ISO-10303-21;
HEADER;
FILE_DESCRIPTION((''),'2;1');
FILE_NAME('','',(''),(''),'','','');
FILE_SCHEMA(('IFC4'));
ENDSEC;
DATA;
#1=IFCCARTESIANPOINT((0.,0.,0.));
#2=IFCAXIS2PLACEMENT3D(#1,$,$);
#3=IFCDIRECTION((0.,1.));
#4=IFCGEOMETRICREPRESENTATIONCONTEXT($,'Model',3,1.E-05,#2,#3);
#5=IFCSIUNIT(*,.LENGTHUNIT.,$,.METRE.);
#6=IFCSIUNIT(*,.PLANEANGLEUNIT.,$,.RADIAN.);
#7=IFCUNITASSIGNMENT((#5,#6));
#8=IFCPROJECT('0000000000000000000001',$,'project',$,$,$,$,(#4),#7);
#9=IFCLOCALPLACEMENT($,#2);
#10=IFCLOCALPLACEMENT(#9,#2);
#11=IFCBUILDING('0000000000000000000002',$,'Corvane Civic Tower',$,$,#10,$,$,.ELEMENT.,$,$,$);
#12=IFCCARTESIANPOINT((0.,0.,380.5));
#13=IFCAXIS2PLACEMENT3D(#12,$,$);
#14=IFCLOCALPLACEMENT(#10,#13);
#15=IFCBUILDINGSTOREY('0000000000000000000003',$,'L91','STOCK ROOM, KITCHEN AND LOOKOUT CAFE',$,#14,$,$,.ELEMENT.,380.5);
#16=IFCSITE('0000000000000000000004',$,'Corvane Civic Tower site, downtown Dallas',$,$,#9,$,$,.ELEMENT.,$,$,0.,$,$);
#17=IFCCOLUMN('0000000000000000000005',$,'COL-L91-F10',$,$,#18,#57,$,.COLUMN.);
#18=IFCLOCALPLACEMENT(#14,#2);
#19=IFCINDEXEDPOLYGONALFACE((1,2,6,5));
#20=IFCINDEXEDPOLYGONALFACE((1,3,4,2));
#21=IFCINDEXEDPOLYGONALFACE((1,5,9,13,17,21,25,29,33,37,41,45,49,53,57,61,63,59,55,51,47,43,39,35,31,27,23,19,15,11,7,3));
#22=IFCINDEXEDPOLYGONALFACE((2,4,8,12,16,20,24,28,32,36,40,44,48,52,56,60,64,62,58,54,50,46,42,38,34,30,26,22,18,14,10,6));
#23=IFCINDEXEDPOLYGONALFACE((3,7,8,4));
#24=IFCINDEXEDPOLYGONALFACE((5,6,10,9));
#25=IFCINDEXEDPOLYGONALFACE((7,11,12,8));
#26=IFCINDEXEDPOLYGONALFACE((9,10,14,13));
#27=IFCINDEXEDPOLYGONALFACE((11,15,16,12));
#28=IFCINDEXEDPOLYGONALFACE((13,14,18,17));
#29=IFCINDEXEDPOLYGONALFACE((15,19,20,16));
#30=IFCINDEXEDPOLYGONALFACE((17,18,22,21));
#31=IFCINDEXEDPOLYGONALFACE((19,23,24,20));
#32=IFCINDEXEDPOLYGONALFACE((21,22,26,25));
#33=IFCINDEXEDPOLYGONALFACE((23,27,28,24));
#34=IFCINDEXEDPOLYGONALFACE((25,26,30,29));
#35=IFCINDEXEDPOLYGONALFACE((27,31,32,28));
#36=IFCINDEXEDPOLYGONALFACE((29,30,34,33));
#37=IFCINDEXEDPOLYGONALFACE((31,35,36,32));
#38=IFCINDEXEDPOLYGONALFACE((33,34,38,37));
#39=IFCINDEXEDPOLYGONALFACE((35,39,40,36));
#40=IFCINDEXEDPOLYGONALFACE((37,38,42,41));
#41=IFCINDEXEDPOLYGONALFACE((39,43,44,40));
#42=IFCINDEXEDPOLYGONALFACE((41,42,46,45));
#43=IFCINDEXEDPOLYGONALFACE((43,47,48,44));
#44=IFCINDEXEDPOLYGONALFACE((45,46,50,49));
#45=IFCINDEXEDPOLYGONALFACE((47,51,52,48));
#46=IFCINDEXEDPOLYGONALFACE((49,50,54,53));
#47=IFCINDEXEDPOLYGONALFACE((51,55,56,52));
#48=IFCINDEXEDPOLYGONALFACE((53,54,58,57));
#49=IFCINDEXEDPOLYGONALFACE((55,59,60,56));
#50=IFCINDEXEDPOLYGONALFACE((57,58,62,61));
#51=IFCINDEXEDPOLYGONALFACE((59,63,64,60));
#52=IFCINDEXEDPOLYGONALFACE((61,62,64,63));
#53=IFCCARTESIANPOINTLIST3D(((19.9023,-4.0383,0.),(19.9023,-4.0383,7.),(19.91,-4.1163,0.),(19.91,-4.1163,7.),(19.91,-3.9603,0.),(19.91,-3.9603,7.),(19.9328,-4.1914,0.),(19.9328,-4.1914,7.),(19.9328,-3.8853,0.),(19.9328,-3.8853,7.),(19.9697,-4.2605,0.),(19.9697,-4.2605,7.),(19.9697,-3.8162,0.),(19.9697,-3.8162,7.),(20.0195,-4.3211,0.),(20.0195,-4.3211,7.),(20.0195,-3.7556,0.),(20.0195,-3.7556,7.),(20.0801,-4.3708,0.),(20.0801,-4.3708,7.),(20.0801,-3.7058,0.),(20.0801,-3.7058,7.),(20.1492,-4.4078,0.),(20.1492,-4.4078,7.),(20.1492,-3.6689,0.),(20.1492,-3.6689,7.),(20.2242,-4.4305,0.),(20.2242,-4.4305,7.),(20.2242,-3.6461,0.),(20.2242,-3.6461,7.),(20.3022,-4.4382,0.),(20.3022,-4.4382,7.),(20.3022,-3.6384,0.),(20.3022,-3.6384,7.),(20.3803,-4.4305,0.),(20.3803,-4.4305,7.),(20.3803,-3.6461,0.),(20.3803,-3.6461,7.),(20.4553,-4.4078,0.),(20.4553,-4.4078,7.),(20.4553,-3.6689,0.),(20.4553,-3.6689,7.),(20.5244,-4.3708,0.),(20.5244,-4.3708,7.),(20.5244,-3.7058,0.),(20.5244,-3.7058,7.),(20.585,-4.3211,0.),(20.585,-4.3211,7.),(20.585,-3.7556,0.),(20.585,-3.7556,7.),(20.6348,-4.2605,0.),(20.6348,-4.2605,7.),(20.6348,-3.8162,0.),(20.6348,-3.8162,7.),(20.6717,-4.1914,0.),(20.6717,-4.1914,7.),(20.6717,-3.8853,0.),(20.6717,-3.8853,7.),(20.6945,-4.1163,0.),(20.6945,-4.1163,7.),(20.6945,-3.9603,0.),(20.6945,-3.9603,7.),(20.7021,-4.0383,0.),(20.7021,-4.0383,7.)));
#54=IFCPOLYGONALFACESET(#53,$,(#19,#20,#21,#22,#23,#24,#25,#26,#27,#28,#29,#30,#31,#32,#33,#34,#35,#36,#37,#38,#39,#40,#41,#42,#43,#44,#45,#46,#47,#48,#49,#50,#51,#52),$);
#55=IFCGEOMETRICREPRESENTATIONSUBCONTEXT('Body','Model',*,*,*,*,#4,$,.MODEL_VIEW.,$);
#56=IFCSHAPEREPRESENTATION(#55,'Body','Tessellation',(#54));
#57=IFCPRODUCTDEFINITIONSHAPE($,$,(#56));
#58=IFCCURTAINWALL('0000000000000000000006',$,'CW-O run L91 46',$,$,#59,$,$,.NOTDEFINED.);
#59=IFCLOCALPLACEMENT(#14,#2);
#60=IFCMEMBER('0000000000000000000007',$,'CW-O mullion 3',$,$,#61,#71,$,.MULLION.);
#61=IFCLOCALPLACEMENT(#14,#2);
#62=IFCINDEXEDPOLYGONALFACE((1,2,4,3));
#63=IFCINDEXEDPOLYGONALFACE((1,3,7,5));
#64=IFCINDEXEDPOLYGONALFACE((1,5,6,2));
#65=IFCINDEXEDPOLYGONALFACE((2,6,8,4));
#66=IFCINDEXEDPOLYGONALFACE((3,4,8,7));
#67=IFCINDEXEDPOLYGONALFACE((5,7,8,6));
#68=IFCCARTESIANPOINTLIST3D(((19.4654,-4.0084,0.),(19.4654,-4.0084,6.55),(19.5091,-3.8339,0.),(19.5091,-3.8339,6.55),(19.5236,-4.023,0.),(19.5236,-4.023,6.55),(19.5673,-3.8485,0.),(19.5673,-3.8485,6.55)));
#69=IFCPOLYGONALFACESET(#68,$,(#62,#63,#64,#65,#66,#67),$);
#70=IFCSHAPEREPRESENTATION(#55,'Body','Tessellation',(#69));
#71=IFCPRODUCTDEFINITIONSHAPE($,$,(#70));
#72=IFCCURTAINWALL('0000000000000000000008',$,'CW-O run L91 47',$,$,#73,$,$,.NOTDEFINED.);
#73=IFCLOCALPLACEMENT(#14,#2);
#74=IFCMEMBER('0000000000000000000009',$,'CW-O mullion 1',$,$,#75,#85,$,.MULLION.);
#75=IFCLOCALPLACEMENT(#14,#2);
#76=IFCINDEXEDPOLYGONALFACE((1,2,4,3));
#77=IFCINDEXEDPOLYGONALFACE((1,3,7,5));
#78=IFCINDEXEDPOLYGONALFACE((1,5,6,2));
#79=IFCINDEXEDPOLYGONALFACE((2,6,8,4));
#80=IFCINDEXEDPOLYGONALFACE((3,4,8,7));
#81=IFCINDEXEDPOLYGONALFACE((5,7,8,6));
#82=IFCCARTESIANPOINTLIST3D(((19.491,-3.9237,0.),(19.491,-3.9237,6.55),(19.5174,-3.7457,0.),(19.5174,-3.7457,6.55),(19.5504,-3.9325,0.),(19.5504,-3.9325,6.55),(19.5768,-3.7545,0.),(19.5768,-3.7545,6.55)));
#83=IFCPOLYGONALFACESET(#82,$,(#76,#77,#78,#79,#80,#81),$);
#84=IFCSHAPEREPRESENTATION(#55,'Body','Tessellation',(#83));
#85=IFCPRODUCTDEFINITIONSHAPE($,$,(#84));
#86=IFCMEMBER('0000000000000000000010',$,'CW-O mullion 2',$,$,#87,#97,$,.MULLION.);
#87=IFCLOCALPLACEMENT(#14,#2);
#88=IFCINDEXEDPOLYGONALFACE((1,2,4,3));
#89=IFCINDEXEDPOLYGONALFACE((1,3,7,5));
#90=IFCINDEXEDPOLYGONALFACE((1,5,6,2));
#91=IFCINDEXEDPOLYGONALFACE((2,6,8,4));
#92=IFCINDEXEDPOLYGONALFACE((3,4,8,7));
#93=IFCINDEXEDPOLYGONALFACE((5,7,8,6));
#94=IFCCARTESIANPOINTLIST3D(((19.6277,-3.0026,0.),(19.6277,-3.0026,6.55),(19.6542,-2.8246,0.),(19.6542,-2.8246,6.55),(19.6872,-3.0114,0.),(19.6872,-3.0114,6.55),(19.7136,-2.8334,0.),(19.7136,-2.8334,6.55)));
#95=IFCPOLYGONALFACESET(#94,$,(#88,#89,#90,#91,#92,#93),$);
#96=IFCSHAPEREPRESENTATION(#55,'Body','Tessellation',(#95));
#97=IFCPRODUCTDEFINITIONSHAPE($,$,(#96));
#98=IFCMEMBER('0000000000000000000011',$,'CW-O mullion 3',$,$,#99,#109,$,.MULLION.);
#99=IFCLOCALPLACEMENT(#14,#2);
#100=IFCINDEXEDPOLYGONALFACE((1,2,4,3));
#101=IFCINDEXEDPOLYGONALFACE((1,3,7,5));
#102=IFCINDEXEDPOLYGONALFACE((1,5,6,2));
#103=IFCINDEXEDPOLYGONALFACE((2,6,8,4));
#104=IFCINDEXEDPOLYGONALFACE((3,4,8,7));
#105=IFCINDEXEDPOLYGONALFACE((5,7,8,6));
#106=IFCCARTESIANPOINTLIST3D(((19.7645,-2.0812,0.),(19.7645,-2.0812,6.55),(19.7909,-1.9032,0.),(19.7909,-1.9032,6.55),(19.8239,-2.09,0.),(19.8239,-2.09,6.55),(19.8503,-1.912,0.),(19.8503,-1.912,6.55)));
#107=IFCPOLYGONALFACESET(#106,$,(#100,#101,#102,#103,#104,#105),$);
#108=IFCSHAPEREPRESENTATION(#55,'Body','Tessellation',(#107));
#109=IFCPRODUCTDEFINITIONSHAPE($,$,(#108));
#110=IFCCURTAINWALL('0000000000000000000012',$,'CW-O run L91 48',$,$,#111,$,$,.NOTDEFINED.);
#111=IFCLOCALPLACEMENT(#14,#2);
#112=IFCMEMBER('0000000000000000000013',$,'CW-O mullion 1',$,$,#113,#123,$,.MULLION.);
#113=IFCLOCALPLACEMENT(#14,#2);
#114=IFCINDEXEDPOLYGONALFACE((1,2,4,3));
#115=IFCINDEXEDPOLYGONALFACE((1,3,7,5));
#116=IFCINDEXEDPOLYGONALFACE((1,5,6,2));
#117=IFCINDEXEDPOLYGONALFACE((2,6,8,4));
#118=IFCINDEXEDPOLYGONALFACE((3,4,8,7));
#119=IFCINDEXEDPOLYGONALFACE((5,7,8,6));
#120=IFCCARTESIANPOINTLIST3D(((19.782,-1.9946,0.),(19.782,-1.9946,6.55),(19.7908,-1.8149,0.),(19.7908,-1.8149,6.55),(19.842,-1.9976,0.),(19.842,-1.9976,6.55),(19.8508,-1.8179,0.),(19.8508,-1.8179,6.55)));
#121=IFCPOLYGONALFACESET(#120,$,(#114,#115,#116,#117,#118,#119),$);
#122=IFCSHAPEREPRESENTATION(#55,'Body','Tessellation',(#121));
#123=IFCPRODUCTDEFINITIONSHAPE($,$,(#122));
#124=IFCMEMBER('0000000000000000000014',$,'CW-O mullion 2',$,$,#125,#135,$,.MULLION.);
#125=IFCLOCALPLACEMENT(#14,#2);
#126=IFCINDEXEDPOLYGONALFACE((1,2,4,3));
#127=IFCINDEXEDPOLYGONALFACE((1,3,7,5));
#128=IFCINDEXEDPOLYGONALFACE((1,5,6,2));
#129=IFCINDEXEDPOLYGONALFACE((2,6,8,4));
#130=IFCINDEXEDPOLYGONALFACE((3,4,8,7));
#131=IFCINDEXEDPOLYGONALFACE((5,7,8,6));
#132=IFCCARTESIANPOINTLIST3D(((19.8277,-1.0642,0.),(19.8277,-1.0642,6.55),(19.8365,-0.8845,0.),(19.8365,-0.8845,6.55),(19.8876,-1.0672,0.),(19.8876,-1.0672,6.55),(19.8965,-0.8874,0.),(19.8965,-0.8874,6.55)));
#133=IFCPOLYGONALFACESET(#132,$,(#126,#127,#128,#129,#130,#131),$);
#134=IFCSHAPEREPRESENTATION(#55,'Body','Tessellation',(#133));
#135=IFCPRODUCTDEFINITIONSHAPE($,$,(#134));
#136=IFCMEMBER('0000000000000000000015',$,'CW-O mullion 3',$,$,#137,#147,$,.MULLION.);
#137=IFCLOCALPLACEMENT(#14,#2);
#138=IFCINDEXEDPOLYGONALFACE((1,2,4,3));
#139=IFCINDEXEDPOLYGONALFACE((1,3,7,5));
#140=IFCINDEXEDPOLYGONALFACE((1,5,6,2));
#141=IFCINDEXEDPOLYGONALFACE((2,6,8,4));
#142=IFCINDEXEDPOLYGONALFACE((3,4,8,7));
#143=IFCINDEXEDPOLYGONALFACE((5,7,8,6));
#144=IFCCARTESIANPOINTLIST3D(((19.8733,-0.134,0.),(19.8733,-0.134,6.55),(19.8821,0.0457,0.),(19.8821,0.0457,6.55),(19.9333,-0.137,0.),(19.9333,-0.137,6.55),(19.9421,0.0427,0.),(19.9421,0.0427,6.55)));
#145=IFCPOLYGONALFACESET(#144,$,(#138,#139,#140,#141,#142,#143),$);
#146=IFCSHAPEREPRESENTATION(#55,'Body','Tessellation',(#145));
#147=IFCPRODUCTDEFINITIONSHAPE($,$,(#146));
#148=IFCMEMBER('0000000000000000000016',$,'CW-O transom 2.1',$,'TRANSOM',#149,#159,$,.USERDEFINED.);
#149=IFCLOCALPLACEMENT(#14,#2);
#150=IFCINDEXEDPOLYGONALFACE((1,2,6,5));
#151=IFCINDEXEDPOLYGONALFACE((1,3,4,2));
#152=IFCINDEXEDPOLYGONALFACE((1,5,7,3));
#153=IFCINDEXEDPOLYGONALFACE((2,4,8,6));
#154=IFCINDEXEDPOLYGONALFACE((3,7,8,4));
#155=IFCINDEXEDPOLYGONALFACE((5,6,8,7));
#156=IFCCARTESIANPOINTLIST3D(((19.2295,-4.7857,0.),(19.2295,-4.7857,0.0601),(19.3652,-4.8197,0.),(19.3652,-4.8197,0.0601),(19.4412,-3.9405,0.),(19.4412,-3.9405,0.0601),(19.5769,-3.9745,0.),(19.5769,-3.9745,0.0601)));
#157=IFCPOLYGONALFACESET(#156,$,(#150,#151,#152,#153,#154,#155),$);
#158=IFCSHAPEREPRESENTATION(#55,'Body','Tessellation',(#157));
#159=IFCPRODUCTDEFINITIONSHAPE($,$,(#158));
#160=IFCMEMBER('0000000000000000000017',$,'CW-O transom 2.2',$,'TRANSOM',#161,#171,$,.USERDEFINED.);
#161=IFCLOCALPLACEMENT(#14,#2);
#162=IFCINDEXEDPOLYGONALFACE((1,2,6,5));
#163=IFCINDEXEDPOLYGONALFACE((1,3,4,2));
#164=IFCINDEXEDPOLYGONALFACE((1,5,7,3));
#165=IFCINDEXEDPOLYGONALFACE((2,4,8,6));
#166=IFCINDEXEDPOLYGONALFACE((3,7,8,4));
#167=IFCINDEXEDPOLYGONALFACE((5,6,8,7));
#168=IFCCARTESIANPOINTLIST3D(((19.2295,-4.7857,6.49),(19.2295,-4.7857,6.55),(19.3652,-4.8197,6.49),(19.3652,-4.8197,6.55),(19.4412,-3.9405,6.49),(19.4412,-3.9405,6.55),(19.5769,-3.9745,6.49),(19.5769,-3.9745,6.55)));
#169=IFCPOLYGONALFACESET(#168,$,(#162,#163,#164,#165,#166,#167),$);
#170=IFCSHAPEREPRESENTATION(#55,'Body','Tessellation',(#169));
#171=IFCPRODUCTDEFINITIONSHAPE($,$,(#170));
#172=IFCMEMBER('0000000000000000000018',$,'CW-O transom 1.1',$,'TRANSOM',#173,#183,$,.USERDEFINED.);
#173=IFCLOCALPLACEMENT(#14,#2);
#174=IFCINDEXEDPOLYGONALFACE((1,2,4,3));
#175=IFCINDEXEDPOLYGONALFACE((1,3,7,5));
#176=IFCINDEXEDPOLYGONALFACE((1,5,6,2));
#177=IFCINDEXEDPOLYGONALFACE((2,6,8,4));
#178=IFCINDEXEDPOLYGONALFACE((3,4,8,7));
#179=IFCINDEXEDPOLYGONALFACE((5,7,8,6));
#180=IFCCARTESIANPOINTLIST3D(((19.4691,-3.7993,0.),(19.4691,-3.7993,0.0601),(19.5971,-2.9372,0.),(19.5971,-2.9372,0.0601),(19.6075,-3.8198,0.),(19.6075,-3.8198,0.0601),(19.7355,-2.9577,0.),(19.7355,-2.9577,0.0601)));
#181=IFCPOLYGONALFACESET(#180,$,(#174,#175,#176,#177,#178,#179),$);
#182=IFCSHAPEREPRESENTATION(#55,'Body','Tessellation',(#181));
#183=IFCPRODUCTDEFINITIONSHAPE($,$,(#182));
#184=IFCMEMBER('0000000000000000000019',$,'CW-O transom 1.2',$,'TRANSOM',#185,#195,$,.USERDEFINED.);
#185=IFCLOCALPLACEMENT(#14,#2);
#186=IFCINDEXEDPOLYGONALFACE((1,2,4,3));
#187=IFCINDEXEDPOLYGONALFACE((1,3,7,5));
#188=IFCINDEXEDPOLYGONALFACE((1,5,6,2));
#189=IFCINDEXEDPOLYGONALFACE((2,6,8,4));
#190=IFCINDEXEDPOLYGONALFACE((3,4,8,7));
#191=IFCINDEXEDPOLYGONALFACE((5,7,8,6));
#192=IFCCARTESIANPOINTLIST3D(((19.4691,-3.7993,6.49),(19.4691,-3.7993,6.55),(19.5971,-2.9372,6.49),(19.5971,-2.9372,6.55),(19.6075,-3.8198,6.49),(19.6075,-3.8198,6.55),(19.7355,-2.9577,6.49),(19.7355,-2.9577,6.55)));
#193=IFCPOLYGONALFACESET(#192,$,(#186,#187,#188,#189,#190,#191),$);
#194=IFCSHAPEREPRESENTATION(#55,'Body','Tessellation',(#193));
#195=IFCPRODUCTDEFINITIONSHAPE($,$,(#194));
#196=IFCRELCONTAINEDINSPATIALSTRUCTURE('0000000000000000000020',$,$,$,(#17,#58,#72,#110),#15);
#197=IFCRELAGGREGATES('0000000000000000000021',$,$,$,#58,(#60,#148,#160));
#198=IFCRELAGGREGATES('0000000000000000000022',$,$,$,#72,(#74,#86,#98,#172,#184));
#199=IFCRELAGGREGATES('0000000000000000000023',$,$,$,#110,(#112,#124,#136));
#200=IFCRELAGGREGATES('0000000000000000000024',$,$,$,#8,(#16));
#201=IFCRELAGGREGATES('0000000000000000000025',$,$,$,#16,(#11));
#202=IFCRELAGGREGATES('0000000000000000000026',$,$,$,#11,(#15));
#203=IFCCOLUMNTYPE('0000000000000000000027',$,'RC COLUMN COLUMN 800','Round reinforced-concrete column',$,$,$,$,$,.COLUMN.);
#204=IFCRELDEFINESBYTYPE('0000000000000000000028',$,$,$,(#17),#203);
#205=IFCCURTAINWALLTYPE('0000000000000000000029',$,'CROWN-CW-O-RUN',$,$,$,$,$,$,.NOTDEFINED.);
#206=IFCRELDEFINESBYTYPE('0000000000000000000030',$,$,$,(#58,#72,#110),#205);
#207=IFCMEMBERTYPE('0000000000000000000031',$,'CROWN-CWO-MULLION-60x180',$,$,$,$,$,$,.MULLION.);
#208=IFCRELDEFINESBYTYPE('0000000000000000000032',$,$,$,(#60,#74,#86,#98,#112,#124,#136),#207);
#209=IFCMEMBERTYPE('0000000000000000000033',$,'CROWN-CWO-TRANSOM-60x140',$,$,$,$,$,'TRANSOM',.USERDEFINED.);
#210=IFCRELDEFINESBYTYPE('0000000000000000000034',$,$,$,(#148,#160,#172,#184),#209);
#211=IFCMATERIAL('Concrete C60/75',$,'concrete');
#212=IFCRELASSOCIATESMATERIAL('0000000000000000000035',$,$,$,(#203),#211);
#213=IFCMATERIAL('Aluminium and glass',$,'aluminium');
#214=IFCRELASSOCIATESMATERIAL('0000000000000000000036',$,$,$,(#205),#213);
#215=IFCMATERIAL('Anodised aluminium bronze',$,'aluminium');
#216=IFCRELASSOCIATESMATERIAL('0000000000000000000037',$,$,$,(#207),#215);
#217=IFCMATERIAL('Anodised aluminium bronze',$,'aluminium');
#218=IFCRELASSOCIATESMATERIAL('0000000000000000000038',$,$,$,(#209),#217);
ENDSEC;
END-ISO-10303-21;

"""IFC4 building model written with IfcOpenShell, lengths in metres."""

from ifc_helpers import new_model, si_unit, direction, frame, origin, origin_2d, place, context, subcontext, project, spatial, rectangle, circle, extrude, material, material_profile, profile_set, type_object, element, aggregate, save


model = new_model("IFC4")

# Units and contexts
model_context = context("Model", 3, precision=1e-05, world=origin(), true_north=direction((0.0, 1.0)))
body_context = subcontext(model_context, "Body", "Model", "MODEL_VIEW")
ifc_project = project(units=[si_unit("LENGTHUNIT", "METRE"), si_unit("PLANEANGLEUNIT", "RADIAN")], contexts=[model_context])

# Site, building, storey
site_placement = place(None, origin())
site = spatial("IfcSite", under=ifc_project, at=site_placement, Name="Corvane Civic Tower site, downtown Dallas", CompositionType="ELEMENT", RefElevation=0.0)
building_placement = place(site_placement, origin())
building = spatial("IfcBuilding", under=site, at=building_placement, Name="Corvane Civic Tower", CompositionType="ELEMENT")
storey_placement = place(building_placement, frame((0.0, 0.0, 380.5)))
storey = spatial("IfcBuildingStorey", under=building, at=storey_placement, Name="L91", Description="STOCK ROOM, KITCHEN AND LOOKOUT CAFE", CompositionType="ELEMENT", Elevation=380.5)

# Column
ifc_material_1 = material(Name="Concrete C60/75", Category="concrete")
ifc_material_profile_1 = material_profile(ifc_material_1, circle(Radius=0.3999, at=origin_2d()), Name="COLUMN 800")
ifc_profile_set_1 = profile_set([ifc_material_profile_1], Name="Concrete C60/75")
column_type = type_object("IfcColumnType", Name="RC COLUMN COLUMN 800", Description="Round reinforced-concrete column", PredefinedType="COLUMN", material=ifc_profile_set_1)
column_placement = place(storey_placement, frame((20.3022, -4.0383, 0.0), z_axis=(0.0, 0.0, 1.0), x_axis=(1.0, 0.0, 0.0)))
element("IfcColumn", 1, at=column_placement, inside=storey, type_object=column_type, Name="COL-L91-F10", PredefinedType="COLUMN", context=body_context, shape_type="SweptSolid", body=[
    extrude(circle(Radius=0.3999, at=origin_2d()), origin(), (0.0, 0.0, 1.0), 7.0),
])

# Curtain wall, member
ifc_material_2 = material(Name="Aluminium and glass", Category="aluminium")
curtain_wall_type = type_object("IfcCurtainWallType", Name="CROWN-CW-O-RUN", PredefinedType="NOTDEFINED", material=ifc_material_2)
curtain_wall_1_placement = place(storey_placement, origin())
curtain_wall_1 = element("IfcCurtainWall", 2, at=curtain_wall_1_placement, inside=storey, type_object=curtain_wall_type, Name="CW-O run L91 46", PredefinedType="NOTDEFINED")
ifc_material_3 = material(Name="Anodised aluminium bronze", Category="aluminium")
ifc_material_profile_2 = material_profile(ifc_material_3, rectangle(XDim=0.0601, YDim=0.1799, at=origin_2d()), Name="AL 60x180")
ifc_profile_set_2 = profile_set([ifc_material_profile_2], Name="Anodised aluminium bronze")
member_type_1 = type_object("IfcMemberType", Name="CROWN-CWO-MULLION-60x180", PredefinedType="MULLION", material=ifc_profile_set_2)
member_1_placement = place(storey_placement, frame((19.5164, -3.9285, 0.0), z_axis=(0.0, 0.0, 1.0), x_axis=(-0.970038, 0.242952, 0.0)))
member_1 = element("IfcMember", 3, at=member_1_placement, type_object=member_type_1, Name="CW-O mullion 3", PredefinedType="MULLION", context=body_context, shape_type="SweptSolid", body=[
    extrude(rectangle(XDim=0.0601, YDim=0.1799, at=origin_2d()), origin(), (0.0, 0.0, 1.0), 6.55),
])

# Curtain walls, members
curtain_wall_2_placement = place(storey_placement, origin())
curtain_wall_2 = element("IfcCurtainWall", 4, at=curtain_wall_2_placement, inside=storey, type_object=curtain_wall_type, Name="CW-O run L91 47", PredefinedType="NOTDEFINED")
member_2_placement = place(storey_placement, frame((19.5339, -3.8391, 0.0), z_axis=(0.0, 0.0, 1.0), x_axis=(-0.98917, 0.146771, 0.0)))
member_2 = element("IfcMember", 5, at=member_2_placement, type_object=member_type_1, Name="CW-O mullion 1", PredefinedType="MULLION", context=body_context, shape_type="SweptSolid", body=[
    extrude(rectangle(XDim=0.0601, YDim=0.1799, at=origin_2d()), origin(), (0.0, 0.0, 1.0), 6.55),
])
member_3_placement = place(storey_placement, frame((19.6707, -2.918, 0.0), z_axis=(0.0, 0.0, 1.0), x_axis=(-0.98917, 0.146771, 0.0)))
member_3 = element("IfcMember", 6, at=member_3_placement, type_object=member_type_1, Name="CW-O mullion 2", PredefinedType="MULLION", context=body_context, shape_type="SweptSolid", body=[
    extrude(rectangle(XDim=0.0601, YDim=0.1799, at=origin_2d()), origin(), (0.0, 0.0, 1.0), 6.55),
])
member_4_placement = place(storey_placement, frame((19.8074, -1.9966, 0.0), z_axis=(0.0, 0.0, 1.0), x_axis=(-0.98917, 0.146771, 0.0)))
member_4 = element("IfcMember", 7, at=member_4_placement, type_object=member_type_1, Name="CW-O mullion 3", PredefinedType="MULLION", context=body_context, shape_type="SweptSolid", body=[
    extrude(rectangle(XDim=0.0601, YDim=0.1799, at=origin_2d()), origin(), (0.0, 0.0, 1.0), 6.55),
])
curtain_wall_3_placement = place(storey_placement, origin())
curtain_wall_3 = element("IfcCurtainWall", 8, at=curtain_wall_3_placement, inside=storey, type_object=curtain_wall_type, Name="CW-O run L91 48", PredefinedType="NOTDEFINED")
member_5_placement = place(storey_placement, frame((19.8164, -1.9062, 0.0), z_axis=(0.0, 0.0, 1.0), x_axis=(-0.998799, 0.048991, 0.0)))
member_5 = element("IfcMember", 9, at=member_5_placement, type_object=member_type_1, Name="CW-O mullion 1", PredefinedType="MULLION", context=body_context, shape_type="SweptSolid", body=[
    extrude(rectangle(XDim=0.0601, YDim=0.1799, at=origin_2d()), origin(), (0.0, 0.0, 1.0), 6.55),
])
member_6_placement = place(storey_placement, frame((19.8621, -0.9758, 0.0), z_axis=(0.0, 0.0, 1.0), x_axis=(-0.998799, 0.048991, 0.0)))
member_6 = element("IfcMember", 10, at=member_6_placement, type_object=member_type_1, Name="CW-O mullion 2", PredefinedType="MULLION", context=body_context, shape_type="SweptSolid", body=[
    extrude(rectangle(XDim=0.0601, YDim=0.1799, at=origin_2d()), origin(), (0.0, 0.0, 1.0), 6.55),
])
member_7_placement = place(storey_placement, frame((19.9077, -0.0457, 0.0), z_axis=(0.0, 0.0, 1.0), x_axis=(-0.998799, 0.048991, 0.0)))
member_7 = element("IfcMember", 11, at=member_7_placement, type_object=member_type_1, Name="CW-O mullion 3", PredefinedType="MULLION", context=body_context, shape_type="SweptSolid", body=[
    extrude(rectangle(XDim=0.0601, YDim=0.1799, at=origin_2d()), origin(), (0.0, 0.0, 1.0), 6.55),
])

# Members
ifc_material_4 = material(Name="Anodised aluminium bronze", Category="aluminium")
ifc_material_profile_3 = material_profile(ifc_material_4, rectangle(XDim=0.1399, YDim=0.0601, at=origin_2d()), Name="AL 140x60")
ifc_profile_set_3 = profile_set([ifc_material_profile_3], Name="Anodised aluminium bronze")
member_type_2 = type_object("IfcMemberType", Name="CROWN-CWO-TRANSOM-60x140", ElementType="TRANSOM", PredefinedType="USERDEFINED", material=ifc_profile_set_3)
member_8_placement = place(storey_placement, frame((19.2974, -4.8027, 0.03), z_axis=(0.242931, 0.970044, 0.0), x_axis=(-0.970044, 0.242931, 0.0)))
member_8 = element("IfcMember", 12, at=member_8_placement, type_object=member_type_2, Name="CW-O transom 2.1", ObjectType="TRANSOM", PredefinedType="USERDEFINED", context=body_context, shape_type="SweptSolid", body=[
    extrude(rectangle(XDim=0.1399, YDim=0.0601, at=origin_2d()), origin(), (0.0, 0.0, 1.0), 0.8713),
])
member_9_placement = place(storey_placement, frame((19.2974, -4.8027, 6.52), z_axis=(0.242931, 0.970044, 0.0), x_axis=(-0.970044, 0.242931, 0.0)))
member_9 = element("IfcMember", 13, at=member_9_placement, type_object=member_type_2, Name="CW-O transom 2.2", ObjectType="TRANSOM", PredefinedType="USERDEFINED", context=body_context, shape_type="SweptSolid", body=[
    extrude(rectangle(XDim=0.1399, YDim=0.0601, at=origin_2d()), origin(), (0.0, 0.0, 1.0), 0.8713),
])
member_10_placement = place(storey_placement, frame((19.5383, -3.8096, 0.03), z_axis=(0.146792, 0.989167, 0.0), x_axis=(-0.989167, 0.146792, 0.0)))
member_10 = element("IfcMember", 14, at=member_10_placement, type_object=member_type_2, Name="CW-O transom 1.1", ObjectType="TRANSOM", PredefinedType="USERDEFINED", context=body_context, shape_type="SweptSolid", body=[
    extrude(rectangle(XDim=0.1399, YDim=0.0601, at=origin_2d()), origin(), (0.0, 0.0, 1.0), 0.8716),
])
member_11_placement = place(storey_placement, frame((19.5383, -3.8096, 6.52), z_axis=(0.146792, 0.989167, 0.0), x_axis=(-0.989167, 0.146792, 0.0)))
member_11 = element("IfcMember", 15, at=member_11_placement, type_object=member_type_2, Name="CW-O transom 1.2", ObjectType="TRANSOM", PredefinedType="USERDEFINED", context=body_context, shape_type="SweptSolid", body=[
    extrude(rectangle(XDim=0.1399, YDim=0.0601, at=origin_2d()), origin(), (0.0, 0.0, 1.0), 0.8716),
])

aggregate(curtain_wall_1, [member_1, member_8, member_9])
aggregate(curtain_wall_2, [member_2, member_3, member_4, member_10, member_11])
aggregate(curtain_wall_3, [member_5, member_6, member_7])

save(model, "model.ifc")
